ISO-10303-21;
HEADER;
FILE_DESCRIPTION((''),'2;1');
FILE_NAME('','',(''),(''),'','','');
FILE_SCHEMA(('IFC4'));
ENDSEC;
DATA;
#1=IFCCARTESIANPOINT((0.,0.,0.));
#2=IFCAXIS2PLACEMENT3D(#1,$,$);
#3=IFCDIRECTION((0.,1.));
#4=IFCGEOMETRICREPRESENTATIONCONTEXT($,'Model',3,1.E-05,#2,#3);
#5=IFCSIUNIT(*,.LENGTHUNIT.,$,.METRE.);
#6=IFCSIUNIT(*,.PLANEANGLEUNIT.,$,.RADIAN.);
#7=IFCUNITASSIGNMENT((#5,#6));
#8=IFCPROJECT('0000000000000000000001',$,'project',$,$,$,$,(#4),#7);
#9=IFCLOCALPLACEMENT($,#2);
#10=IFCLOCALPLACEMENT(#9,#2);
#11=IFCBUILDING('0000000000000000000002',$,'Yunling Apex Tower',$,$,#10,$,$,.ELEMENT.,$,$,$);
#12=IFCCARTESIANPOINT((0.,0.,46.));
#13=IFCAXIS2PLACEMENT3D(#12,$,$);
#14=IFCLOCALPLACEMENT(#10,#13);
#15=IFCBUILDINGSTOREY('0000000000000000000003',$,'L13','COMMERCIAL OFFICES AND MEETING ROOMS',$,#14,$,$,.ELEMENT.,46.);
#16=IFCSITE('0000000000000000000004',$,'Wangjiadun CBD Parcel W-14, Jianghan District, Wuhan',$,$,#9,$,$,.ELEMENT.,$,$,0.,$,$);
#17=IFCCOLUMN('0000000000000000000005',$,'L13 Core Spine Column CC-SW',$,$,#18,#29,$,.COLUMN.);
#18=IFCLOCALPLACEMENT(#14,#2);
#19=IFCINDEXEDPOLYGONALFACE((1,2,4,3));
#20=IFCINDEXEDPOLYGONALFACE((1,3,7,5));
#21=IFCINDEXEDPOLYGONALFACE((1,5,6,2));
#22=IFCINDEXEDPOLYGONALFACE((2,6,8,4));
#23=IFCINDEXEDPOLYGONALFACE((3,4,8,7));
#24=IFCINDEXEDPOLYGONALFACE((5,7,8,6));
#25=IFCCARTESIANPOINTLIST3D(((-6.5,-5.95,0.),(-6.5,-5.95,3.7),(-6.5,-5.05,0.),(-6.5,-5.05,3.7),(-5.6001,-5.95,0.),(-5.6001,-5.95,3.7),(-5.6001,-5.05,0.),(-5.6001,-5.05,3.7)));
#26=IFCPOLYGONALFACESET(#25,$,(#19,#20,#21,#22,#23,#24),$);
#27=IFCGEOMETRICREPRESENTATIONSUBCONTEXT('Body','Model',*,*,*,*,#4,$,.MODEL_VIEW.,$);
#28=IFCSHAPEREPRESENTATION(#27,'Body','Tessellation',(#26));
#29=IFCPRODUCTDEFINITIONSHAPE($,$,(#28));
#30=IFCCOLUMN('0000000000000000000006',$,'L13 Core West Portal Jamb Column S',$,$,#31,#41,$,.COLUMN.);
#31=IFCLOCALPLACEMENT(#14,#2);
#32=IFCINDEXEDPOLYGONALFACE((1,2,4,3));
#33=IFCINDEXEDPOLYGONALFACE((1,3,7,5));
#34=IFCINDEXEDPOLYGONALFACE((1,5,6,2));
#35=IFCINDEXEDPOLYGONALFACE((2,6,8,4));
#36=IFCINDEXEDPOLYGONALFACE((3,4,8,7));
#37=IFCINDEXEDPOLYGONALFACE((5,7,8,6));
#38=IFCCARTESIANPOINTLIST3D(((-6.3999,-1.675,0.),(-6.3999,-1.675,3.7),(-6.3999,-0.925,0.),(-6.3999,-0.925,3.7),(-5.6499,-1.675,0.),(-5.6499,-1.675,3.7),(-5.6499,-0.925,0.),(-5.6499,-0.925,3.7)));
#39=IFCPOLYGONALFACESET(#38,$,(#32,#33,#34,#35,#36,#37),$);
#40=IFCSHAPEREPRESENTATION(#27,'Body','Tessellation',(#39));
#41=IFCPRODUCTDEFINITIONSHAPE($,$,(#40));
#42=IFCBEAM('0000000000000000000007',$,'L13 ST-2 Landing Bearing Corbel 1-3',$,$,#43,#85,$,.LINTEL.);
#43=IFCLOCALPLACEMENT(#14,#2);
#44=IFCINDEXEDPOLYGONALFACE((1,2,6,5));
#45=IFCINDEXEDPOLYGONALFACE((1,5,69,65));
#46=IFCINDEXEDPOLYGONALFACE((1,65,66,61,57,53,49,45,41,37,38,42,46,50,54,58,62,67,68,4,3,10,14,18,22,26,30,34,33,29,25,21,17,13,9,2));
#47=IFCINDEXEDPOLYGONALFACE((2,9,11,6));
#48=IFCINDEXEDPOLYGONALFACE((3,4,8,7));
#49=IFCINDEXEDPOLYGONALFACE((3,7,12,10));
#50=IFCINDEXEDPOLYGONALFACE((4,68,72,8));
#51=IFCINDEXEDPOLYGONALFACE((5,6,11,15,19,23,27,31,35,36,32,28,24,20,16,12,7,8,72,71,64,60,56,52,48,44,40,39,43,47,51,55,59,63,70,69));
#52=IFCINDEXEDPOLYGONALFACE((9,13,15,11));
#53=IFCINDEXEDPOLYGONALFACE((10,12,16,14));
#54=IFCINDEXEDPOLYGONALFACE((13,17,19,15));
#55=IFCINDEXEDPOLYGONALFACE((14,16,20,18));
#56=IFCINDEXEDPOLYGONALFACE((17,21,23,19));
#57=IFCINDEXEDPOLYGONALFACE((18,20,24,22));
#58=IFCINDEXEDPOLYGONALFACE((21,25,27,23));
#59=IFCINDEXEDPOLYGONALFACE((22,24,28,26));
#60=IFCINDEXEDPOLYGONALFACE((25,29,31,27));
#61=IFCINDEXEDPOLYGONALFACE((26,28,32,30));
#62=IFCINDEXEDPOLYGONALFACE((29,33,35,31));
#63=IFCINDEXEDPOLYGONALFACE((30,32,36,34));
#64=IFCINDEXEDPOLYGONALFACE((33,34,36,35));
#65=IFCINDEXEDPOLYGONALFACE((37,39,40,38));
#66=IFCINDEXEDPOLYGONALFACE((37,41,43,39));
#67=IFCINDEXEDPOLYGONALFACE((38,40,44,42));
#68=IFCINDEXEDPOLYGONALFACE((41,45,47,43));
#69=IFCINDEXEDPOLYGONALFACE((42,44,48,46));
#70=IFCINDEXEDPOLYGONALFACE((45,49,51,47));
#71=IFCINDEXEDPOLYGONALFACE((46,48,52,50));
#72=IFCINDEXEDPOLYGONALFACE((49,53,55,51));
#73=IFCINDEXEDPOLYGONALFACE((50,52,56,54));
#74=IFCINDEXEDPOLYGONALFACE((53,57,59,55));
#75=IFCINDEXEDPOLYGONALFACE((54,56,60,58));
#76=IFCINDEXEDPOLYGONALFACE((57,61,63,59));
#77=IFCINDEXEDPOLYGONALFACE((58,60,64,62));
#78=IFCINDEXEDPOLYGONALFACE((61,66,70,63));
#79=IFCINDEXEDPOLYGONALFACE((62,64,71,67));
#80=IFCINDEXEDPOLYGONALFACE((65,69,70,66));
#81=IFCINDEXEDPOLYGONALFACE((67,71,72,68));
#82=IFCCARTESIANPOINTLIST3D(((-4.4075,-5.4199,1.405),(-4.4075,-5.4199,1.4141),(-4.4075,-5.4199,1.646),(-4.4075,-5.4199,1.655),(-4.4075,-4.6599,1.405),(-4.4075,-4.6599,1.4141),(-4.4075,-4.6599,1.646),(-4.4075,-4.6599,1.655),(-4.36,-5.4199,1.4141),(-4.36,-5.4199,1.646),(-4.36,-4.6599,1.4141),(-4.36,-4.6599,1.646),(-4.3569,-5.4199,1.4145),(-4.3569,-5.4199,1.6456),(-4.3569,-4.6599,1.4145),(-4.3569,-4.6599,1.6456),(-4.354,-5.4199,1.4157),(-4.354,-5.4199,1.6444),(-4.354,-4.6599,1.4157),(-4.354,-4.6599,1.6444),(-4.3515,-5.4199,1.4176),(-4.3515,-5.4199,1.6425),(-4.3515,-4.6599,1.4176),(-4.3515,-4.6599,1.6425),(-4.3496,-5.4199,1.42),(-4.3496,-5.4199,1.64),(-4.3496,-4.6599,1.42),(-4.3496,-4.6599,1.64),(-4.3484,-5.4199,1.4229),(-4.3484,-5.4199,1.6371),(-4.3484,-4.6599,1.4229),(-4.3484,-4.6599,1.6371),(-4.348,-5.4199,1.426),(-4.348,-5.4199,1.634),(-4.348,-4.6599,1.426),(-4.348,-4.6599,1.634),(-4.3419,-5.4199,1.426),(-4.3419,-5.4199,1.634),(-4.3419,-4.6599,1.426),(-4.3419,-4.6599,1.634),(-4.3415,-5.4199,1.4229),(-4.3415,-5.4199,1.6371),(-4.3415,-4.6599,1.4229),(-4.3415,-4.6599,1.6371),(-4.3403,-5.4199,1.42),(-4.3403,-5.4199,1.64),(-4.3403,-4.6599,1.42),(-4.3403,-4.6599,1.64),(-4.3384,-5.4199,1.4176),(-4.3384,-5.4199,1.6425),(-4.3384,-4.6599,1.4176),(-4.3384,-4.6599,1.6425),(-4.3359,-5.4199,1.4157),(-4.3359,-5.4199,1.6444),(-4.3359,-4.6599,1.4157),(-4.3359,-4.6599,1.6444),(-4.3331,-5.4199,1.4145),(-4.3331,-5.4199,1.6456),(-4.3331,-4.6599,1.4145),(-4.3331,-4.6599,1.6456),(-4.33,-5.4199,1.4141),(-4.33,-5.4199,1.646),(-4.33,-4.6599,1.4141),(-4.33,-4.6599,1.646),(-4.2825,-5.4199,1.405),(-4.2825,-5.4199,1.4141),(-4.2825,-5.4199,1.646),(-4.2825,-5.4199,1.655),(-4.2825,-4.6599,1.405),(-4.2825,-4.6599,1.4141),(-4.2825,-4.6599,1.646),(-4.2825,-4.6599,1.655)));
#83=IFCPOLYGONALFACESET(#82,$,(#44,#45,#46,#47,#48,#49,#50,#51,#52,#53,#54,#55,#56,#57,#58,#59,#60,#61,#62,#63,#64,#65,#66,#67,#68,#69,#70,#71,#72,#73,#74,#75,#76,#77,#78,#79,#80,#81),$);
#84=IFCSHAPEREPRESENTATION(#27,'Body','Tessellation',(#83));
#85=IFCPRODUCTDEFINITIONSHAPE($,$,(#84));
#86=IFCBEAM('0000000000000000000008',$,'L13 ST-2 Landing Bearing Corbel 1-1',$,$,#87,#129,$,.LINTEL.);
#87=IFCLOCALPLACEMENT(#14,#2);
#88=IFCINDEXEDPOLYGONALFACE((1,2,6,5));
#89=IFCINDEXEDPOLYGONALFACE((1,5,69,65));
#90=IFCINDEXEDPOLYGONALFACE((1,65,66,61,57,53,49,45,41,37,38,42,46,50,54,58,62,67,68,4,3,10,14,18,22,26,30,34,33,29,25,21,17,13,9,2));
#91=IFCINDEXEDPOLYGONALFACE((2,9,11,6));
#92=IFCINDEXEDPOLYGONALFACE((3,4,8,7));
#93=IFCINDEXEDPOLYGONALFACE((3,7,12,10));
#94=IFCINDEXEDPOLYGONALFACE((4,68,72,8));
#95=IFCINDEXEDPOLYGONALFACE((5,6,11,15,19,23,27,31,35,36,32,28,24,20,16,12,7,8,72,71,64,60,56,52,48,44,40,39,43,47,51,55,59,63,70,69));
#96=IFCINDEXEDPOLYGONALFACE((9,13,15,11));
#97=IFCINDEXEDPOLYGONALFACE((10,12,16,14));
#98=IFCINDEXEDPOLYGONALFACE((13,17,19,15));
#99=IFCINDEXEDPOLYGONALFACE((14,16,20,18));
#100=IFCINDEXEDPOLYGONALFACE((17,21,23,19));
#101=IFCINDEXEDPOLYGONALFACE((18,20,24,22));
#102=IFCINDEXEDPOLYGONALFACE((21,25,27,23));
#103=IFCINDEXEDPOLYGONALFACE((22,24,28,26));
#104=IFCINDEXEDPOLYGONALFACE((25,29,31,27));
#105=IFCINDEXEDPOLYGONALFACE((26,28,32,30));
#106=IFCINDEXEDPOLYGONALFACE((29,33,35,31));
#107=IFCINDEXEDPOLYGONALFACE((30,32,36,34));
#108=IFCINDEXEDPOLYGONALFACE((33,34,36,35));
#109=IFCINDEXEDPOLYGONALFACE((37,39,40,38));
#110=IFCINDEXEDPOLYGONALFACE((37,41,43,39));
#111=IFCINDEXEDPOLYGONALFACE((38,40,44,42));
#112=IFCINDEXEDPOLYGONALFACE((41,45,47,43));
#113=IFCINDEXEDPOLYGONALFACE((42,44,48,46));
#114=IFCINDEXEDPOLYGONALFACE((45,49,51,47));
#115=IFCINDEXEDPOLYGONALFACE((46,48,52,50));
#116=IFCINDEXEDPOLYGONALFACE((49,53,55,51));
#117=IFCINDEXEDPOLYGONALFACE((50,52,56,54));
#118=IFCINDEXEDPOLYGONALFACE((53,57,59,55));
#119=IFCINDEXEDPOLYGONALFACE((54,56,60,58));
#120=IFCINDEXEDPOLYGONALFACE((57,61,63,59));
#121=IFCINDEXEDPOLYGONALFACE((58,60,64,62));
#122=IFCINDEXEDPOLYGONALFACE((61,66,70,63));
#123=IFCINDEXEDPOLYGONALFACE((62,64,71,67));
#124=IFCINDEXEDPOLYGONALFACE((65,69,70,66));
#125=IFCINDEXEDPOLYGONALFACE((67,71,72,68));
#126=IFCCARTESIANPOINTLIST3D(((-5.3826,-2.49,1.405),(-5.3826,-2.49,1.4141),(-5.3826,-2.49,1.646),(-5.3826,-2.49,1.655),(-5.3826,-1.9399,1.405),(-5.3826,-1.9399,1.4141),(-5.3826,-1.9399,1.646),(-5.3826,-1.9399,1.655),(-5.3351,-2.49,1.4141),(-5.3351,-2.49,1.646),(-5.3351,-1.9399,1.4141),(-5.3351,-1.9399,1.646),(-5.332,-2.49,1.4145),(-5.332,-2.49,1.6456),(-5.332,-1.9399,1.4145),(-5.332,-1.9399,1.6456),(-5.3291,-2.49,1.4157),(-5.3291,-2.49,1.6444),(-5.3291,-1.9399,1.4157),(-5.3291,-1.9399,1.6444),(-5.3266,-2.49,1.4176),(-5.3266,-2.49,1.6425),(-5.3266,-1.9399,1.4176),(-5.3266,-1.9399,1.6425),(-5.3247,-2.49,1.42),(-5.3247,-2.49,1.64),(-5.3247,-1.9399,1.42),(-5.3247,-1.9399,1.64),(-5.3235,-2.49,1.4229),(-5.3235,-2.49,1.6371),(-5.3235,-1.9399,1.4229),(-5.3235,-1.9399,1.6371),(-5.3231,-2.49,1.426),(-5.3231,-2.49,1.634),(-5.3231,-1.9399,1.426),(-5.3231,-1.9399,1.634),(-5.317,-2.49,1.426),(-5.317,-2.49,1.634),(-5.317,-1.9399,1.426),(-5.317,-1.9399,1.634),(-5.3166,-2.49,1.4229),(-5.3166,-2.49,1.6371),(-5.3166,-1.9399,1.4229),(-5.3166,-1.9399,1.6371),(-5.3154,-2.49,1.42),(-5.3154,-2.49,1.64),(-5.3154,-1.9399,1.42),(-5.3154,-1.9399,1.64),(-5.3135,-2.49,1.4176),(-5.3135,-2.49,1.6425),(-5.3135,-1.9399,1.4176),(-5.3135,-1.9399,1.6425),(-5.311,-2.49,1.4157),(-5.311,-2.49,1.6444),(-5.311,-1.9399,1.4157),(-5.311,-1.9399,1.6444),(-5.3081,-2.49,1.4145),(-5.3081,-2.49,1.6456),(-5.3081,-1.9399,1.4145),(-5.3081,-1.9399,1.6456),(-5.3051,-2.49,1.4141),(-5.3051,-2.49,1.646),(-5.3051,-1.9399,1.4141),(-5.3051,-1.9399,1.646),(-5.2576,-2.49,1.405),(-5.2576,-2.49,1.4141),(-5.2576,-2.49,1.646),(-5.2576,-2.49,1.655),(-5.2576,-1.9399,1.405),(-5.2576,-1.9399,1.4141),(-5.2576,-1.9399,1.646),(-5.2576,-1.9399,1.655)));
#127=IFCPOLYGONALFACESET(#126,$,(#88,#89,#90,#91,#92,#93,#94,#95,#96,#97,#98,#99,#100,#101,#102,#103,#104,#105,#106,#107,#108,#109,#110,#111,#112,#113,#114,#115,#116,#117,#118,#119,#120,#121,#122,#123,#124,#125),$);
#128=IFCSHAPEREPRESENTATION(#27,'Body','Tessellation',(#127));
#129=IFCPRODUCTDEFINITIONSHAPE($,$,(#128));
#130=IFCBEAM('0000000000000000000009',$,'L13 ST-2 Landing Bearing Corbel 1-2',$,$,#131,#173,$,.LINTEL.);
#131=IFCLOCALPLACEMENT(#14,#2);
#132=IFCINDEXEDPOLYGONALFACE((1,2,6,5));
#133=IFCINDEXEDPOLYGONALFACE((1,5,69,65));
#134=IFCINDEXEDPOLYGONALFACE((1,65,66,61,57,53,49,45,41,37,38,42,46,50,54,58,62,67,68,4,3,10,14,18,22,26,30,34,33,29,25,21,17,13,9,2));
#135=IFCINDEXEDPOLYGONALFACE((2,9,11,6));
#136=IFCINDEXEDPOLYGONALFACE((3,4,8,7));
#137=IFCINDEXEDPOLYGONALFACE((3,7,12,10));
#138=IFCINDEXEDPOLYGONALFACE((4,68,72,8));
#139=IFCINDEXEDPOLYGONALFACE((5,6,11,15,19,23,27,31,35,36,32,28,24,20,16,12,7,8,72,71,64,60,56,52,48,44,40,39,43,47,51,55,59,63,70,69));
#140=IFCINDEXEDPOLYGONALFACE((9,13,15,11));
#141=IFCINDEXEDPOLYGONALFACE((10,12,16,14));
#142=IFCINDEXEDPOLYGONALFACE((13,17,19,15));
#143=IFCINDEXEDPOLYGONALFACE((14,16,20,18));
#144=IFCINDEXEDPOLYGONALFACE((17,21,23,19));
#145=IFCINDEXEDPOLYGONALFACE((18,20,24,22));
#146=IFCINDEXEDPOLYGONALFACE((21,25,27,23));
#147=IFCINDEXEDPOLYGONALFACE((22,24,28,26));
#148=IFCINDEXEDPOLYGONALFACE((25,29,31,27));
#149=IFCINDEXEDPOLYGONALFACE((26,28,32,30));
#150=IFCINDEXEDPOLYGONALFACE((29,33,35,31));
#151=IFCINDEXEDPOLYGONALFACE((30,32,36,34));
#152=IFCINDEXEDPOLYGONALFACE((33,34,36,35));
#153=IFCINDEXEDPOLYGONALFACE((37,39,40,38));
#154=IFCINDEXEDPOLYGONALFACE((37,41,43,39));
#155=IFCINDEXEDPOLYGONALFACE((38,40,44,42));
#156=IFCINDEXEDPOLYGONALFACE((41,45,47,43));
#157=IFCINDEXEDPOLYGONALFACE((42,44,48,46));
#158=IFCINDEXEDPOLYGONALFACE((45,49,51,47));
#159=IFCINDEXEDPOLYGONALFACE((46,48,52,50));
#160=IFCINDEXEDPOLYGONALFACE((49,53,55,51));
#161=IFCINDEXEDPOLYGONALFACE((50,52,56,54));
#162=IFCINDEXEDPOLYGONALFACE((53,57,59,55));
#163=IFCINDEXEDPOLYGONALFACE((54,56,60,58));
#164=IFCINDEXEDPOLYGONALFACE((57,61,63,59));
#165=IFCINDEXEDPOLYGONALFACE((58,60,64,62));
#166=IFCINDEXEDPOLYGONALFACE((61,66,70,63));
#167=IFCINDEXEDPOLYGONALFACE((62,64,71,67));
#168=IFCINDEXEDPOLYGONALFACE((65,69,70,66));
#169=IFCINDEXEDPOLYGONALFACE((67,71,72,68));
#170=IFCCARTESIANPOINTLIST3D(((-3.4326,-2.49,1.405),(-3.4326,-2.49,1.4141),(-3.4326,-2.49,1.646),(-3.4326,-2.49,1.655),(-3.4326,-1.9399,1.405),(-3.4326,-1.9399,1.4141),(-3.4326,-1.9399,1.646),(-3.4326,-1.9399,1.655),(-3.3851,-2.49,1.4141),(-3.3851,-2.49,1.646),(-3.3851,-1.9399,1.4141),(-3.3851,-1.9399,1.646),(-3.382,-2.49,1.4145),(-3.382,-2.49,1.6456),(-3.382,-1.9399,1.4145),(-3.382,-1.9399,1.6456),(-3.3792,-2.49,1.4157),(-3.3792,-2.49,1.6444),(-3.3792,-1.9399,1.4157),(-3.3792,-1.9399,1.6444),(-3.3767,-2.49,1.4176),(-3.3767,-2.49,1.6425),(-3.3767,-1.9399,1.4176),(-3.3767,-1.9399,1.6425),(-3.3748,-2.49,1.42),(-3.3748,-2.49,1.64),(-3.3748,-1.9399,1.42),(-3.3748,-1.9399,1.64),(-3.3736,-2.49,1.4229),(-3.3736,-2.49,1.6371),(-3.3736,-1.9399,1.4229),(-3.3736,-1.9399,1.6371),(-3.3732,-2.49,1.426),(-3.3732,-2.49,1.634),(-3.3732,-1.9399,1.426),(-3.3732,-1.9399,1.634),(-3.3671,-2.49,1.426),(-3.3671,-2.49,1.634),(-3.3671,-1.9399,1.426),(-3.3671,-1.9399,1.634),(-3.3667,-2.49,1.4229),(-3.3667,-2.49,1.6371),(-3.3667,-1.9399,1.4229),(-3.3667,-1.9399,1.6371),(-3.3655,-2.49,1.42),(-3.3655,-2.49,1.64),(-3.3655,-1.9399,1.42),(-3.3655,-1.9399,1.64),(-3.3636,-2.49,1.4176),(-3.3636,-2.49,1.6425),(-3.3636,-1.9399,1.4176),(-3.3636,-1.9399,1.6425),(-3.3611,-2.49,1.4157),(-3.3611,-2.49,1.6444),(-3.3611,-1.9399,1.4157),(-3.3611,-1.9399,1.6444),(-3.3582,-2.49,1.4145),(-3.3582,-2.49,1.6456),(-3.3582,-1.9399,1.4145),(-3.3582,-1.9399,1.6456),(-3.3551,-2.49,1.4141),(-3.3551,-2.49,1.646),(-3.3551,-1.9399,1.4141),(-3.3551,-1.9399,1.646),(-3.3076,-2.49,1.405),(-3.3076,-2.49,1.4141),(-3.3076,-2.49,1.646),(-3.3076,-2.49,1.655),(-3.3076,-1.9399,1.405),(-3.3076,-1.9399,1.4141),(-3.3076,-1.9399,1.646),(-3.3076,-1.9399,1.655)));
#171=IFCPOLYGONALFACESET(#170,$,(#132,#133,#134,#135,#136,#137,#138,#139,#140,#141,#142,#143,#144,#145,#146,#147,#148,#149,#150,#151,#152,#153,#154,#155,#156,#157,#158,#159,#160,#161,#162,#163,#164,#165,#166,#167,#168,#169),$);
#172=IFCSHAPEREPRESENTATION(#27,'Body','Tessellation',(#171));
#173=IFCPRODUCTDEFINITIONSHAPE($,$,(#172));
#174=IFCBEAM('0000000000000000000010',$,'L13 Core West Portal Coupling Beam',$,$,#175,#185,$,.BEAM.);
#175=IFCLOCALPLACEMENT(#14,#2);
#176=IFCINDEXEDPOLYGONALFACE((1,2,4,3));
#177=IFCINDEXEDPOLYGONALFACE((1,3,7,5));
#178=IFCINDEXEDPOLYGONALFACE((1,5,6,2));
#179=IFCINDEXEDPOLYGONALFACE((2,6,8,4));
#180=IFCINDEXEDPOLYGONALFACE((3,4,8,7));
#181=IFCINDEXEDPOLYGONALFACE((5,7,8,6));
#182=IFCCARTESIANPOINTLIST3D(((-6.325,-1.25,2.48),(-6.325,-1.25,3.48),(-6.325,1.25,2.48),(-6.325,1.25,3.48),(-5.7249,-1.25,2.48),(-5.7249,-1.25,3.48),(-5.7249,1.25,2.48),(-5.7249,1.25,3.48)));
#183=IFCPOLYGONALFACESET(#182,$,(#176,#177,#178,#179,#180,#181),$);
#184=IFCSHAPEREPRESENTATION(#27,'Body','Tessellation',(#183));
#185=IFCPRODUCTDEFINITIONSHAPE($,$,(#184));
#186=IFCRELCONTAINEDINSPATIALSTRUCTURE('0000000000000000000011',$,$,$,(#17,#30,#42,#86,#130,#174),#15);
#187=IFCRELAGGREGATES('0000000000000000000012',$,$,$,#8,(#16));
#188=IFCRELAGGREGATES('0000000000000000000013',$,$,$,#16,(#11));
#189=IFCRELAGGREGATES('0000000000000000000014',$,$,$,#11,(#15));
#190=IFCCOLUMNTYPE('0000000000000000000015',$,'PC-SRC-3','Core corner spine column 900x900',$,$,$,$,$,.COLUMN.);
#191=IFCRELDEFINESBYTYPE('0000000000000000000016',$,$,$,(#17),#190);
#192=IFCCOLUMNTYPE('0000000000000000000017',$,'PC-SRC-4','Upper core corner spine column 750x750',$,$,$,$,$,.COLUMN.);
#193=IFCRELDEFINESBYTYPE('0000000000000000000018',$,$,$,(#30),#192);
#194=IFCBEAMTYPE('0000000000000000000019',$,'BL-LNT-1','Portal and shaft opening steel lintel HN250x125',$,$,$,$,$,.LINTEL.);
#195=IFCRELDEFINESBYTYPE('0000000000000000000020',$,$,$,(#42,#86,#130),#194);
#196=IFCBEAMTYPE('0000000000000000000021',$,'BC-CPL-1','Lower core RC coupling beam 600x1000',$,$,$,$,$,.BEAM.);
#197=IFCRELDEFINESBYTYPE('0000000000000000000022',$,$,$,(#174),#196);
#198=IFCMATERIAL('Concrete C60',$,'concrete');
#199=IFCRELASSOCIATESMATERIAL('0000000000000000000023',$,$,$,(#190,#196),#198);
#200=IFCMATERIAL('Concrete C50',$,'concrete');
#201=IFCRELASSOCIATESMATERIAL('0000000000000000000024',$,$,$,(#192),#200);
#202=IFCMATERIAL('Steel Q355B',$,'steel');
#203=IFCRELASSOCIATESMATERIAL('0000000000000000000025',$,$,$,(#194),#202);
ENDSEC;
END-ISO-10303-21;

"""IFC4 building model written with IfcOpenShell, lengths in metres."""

from ifc_helpers import new_model, si_unit, direction, frame, origin, origin_2d, place, context, subcontext, project, spatial, rectangle, i_section, extrude, source, transform, mapped, material, material_profile, profile_set, type_object, element, save


model = new_model("IFC4")

# Units and contexts
model_context = context("Model", 3, precision=1e-05, world=origin(), true_north=direction((0.0, 1.0)))
body_context = subcontext(model_context, "Body", "Model", "MODEL_VIEW")
ifc_project = project(units=[si_unit("LENGTHUNIT", "METRE"), si_unit("PLANEANGLEUNIT", "RADIAN")], contexts=[model_context])

# Site, building, storey
site_placement = place(None, origin())
site = spatial("IfcSite", under=ifc_project, at=site_placement, Name="Wangjiadun CBD Parcel W-14, Jianghan District, Wuhan", CompositionType="ELEMENT", RefElevation=0.0)
building_placement = place(site_placement, origin())
building = spatial("IfcBuilding", under=site, at=building_placement, Name="Yunling Apex Tower", CompositionType="ELEMENT")
storey_placement = place(building_placement, frame((0.0, 0.0, 46.0)))
storey = spatial("IfcBuildingStorey", under=building, at=storey_placement, Name="L13", Description="COMMERCIAL OFFICES AND MEETING ROOMS", CompositionType="ELEMENT", Elevation=46.0)

# Columns
ifc_material_1 = material(Name="Concrete C60", Category="concrete")
ifc_material_profile_1 = material_profile(ifc_material_1, rectangle(XDim=0.8999, YDim=0.8999, at=origin_2d()))
ifc_profile_set_1 = profile_set([ifc_material_profile_1], Name="Concrete C60")
column_type_1 = type_object("IfcColumnType", Name="PC-SRC-3", Description="Core corner spine column 900x900", PredefinedType="COLUMN", material=ifc_profile_set_1)
shared_shape_1 = source(origin(), body_context, "Body", "SweptSolid", [
    extrude(rectangle(XDim=0.8999, YDim=0.8999, at=origin_2d()), origin(), (0.0, 0.0, 1.0), 3.7),
])
column_1_placement = place(storey_placement, frame((-6.05, -5.5, 0.0), z_axis=(0.0, 0.0, 1.0), x_axis=(1.0, 0.0, 0.0)))
element("IfcColumn", 1, at=column_1_placement, inside=storey, type_object=column_type_1, Name="L13 Core Spine Column CC-SW", PredefinedType="COLUMN", context=body_context, shape_type="MappedRepresentation", body=[
    mapped(shared_shape_1, transform((0.0, 0.0, 0.0), scale=1.0)),
])
ifc_material_2 = material(Name="Concrete C50", Category="concrete")
ifc_material_profile_2 = material_profile(ifc_material_2, rectangle(XDim=0.75, YDim=0.75, at=origin_2d()))
ifc_profile_set_2 = profile_set([ifc_material_profile_2], Name="Concrete C50")
column_type_2 = type_object("IfcColumnType", Name="PC-SRC-4", Description="Upper core corner spine column 750x750", PredefinedType="COLUMN", material=ifc_profile_set_2)
shared_shape_2 = source(origin(), body_context, "Body", "SweptSolid", [
    extrude(rectangle(XDim=0.75, YDim=0.75, at=origin_2d()), origin(), (0.0, 0.0, 1.0), 3.7),
])
column_2_placement = place(storey_placement, frame((-6.0249, -1.3, 0.0), z_axis=(0.0, 0.0, 1.0), x_axis=(1.0, 0.0, 0.0)))
element("IfcColumn", 2, at=column_2_placement, inside=storey, type_object=column_type_2, Name="L13 Core West Portal Jamb Column S", PredefinedType="COLUMN", context=body_context, shape_type="MappedRepresentation", body=[
    mapped(shared_shape_2, transform((0.0, 0.0, 0.0), scale=1.0)),
])

# Beams
ifc_material_3 = material(Name="Steel Q355B", Category="steel")
ifc_material_profile_3 = material_profile(ifc_material_3, i_section(OverallWidth=0.125, OverallDepth=0.25, WebThickness=0.0061, FlangeThickness=0.009, FilletRadius=0.012, at=origin_2d()))
ifc_profile_set_3 = profile_set([ifc_material_profile_3], Name="Steel Q355B")
beam_type_1 = type_object("IfcBeamType", Name="BL-LNT-1", Description="Portal and shaft opening steel lintel HN250x125", PredefinedType="LINTEL", material=ifc_profile_set_3)
shared_shape_3 = source(origin(), body_context, "Body", "SweptSolid", [
    extrude(i_section(OverallWidth=0.125, OverallDepth=0.25, WebThickness=0.0061, FlangeThickness=0.009, FilletRadius=0.012, at=origin_2d()), origin(), (0.0, 0.0, 1.0), 0.76),
])
beam_1_placement = place(storey_placement, frame((-4.345, -5.4199, 1.53), z_axis=(0.0, 1.0, 0.0), x_axis=(-1.0, 0.0, 0.0)))
element("IfcBeam", 3, at=beam_1_placement, inside=storey, type_object=beam_type_1, Name="L13 ST-2 Landing Bearing Corbel 1-3", PredefinedType="LINTEL", context=body_context, shape_type="MappedRepresentation", body=[
    mapped(shared_shape_3, transform((0.0, 0.0, 0.0), scale=1.0)),
])
shared_shape_4 = source(origin(), body_context, "Body", "SweptSolid", [
    extrude(i_section(OverallWidth=0.125, OverallDepth=0.25, WebThickness=0.0061, FlangeThickness=0.009, FilletRadius=0.012, at=origin_2d()), origin(), (0.0, 0.0, 1.0), 0.55),
])
for number, where, z_axis, x_axis, name in (
    (4, (-5.3201, -1.9399, 1.53), (0.0, -1.0, 0.0), (1.0, 0.0, 0.0), "L13 ST-2 Landing Bearing Corbel 1-1"),
    (5, (-3.3701, -1.9399, 1.53), (0.0, -1.0, 0.0), (1.0, 0.0, 0.0), "L13 ST-2 Landing Bearing Corbel 1-2"),
):
    element("IfcBeam", number, at=place(storey_placement, frame(where, z_axis=z_axis, x_axis=x_axis)), inside=storey, type_object=beam_type_1, Name=name, PredefinedType="LINTEL", context=body_context, shape_type="MappedRepresentation", body=[
        mapped(shared_shape_4, transform((0.0, 0.0, 0.0), scale=1.0)),
    ])
ifc_material_profile_4 = material_profile(ifc_material_1, rectangle(XDim=0.6001, YDim=1.0, at=origin_2d()))
ifc_profile_set_4 = profile_set([ifc_material_profile_4], Name="Concrete C60")
beam_type_2 = type_object("IfcBeamType", Name="BC-CPL-1", Description="Lower core RC coupling beam 600x1000", PredefinedType="BEAM", material=ifc_profile_set_4)
shared_shape_5 = source(origin(), body_context, "Body", "SweptSolid", [
    extrude(rectangle(XDim=0.6001, YDim=1.0, at=origin_2d()), origin(), (0.0, 0.0, 1.0), 2.5),
])
beam_2_placement = place(storey_placement, frame((-6.0249, -1.25, 2.98), z_axis=(0.0, 1.0, 0.0), x_axis=(-1.0, 0.0, 0.0)))
element("IfcBeam", 6, at=beam_2_placement, inside=storey, type_object=beam_type_2, Name="L13 Core West Portal Coupling Beam", PredefinedType="BEAM", context=body_context, shape_type="MappedRepresentation", body=[
    mapped(shared_shape_5, transform((0.0, 0.0, 0.0), scale=1.0)),
])

save(model, "model.ifc")
